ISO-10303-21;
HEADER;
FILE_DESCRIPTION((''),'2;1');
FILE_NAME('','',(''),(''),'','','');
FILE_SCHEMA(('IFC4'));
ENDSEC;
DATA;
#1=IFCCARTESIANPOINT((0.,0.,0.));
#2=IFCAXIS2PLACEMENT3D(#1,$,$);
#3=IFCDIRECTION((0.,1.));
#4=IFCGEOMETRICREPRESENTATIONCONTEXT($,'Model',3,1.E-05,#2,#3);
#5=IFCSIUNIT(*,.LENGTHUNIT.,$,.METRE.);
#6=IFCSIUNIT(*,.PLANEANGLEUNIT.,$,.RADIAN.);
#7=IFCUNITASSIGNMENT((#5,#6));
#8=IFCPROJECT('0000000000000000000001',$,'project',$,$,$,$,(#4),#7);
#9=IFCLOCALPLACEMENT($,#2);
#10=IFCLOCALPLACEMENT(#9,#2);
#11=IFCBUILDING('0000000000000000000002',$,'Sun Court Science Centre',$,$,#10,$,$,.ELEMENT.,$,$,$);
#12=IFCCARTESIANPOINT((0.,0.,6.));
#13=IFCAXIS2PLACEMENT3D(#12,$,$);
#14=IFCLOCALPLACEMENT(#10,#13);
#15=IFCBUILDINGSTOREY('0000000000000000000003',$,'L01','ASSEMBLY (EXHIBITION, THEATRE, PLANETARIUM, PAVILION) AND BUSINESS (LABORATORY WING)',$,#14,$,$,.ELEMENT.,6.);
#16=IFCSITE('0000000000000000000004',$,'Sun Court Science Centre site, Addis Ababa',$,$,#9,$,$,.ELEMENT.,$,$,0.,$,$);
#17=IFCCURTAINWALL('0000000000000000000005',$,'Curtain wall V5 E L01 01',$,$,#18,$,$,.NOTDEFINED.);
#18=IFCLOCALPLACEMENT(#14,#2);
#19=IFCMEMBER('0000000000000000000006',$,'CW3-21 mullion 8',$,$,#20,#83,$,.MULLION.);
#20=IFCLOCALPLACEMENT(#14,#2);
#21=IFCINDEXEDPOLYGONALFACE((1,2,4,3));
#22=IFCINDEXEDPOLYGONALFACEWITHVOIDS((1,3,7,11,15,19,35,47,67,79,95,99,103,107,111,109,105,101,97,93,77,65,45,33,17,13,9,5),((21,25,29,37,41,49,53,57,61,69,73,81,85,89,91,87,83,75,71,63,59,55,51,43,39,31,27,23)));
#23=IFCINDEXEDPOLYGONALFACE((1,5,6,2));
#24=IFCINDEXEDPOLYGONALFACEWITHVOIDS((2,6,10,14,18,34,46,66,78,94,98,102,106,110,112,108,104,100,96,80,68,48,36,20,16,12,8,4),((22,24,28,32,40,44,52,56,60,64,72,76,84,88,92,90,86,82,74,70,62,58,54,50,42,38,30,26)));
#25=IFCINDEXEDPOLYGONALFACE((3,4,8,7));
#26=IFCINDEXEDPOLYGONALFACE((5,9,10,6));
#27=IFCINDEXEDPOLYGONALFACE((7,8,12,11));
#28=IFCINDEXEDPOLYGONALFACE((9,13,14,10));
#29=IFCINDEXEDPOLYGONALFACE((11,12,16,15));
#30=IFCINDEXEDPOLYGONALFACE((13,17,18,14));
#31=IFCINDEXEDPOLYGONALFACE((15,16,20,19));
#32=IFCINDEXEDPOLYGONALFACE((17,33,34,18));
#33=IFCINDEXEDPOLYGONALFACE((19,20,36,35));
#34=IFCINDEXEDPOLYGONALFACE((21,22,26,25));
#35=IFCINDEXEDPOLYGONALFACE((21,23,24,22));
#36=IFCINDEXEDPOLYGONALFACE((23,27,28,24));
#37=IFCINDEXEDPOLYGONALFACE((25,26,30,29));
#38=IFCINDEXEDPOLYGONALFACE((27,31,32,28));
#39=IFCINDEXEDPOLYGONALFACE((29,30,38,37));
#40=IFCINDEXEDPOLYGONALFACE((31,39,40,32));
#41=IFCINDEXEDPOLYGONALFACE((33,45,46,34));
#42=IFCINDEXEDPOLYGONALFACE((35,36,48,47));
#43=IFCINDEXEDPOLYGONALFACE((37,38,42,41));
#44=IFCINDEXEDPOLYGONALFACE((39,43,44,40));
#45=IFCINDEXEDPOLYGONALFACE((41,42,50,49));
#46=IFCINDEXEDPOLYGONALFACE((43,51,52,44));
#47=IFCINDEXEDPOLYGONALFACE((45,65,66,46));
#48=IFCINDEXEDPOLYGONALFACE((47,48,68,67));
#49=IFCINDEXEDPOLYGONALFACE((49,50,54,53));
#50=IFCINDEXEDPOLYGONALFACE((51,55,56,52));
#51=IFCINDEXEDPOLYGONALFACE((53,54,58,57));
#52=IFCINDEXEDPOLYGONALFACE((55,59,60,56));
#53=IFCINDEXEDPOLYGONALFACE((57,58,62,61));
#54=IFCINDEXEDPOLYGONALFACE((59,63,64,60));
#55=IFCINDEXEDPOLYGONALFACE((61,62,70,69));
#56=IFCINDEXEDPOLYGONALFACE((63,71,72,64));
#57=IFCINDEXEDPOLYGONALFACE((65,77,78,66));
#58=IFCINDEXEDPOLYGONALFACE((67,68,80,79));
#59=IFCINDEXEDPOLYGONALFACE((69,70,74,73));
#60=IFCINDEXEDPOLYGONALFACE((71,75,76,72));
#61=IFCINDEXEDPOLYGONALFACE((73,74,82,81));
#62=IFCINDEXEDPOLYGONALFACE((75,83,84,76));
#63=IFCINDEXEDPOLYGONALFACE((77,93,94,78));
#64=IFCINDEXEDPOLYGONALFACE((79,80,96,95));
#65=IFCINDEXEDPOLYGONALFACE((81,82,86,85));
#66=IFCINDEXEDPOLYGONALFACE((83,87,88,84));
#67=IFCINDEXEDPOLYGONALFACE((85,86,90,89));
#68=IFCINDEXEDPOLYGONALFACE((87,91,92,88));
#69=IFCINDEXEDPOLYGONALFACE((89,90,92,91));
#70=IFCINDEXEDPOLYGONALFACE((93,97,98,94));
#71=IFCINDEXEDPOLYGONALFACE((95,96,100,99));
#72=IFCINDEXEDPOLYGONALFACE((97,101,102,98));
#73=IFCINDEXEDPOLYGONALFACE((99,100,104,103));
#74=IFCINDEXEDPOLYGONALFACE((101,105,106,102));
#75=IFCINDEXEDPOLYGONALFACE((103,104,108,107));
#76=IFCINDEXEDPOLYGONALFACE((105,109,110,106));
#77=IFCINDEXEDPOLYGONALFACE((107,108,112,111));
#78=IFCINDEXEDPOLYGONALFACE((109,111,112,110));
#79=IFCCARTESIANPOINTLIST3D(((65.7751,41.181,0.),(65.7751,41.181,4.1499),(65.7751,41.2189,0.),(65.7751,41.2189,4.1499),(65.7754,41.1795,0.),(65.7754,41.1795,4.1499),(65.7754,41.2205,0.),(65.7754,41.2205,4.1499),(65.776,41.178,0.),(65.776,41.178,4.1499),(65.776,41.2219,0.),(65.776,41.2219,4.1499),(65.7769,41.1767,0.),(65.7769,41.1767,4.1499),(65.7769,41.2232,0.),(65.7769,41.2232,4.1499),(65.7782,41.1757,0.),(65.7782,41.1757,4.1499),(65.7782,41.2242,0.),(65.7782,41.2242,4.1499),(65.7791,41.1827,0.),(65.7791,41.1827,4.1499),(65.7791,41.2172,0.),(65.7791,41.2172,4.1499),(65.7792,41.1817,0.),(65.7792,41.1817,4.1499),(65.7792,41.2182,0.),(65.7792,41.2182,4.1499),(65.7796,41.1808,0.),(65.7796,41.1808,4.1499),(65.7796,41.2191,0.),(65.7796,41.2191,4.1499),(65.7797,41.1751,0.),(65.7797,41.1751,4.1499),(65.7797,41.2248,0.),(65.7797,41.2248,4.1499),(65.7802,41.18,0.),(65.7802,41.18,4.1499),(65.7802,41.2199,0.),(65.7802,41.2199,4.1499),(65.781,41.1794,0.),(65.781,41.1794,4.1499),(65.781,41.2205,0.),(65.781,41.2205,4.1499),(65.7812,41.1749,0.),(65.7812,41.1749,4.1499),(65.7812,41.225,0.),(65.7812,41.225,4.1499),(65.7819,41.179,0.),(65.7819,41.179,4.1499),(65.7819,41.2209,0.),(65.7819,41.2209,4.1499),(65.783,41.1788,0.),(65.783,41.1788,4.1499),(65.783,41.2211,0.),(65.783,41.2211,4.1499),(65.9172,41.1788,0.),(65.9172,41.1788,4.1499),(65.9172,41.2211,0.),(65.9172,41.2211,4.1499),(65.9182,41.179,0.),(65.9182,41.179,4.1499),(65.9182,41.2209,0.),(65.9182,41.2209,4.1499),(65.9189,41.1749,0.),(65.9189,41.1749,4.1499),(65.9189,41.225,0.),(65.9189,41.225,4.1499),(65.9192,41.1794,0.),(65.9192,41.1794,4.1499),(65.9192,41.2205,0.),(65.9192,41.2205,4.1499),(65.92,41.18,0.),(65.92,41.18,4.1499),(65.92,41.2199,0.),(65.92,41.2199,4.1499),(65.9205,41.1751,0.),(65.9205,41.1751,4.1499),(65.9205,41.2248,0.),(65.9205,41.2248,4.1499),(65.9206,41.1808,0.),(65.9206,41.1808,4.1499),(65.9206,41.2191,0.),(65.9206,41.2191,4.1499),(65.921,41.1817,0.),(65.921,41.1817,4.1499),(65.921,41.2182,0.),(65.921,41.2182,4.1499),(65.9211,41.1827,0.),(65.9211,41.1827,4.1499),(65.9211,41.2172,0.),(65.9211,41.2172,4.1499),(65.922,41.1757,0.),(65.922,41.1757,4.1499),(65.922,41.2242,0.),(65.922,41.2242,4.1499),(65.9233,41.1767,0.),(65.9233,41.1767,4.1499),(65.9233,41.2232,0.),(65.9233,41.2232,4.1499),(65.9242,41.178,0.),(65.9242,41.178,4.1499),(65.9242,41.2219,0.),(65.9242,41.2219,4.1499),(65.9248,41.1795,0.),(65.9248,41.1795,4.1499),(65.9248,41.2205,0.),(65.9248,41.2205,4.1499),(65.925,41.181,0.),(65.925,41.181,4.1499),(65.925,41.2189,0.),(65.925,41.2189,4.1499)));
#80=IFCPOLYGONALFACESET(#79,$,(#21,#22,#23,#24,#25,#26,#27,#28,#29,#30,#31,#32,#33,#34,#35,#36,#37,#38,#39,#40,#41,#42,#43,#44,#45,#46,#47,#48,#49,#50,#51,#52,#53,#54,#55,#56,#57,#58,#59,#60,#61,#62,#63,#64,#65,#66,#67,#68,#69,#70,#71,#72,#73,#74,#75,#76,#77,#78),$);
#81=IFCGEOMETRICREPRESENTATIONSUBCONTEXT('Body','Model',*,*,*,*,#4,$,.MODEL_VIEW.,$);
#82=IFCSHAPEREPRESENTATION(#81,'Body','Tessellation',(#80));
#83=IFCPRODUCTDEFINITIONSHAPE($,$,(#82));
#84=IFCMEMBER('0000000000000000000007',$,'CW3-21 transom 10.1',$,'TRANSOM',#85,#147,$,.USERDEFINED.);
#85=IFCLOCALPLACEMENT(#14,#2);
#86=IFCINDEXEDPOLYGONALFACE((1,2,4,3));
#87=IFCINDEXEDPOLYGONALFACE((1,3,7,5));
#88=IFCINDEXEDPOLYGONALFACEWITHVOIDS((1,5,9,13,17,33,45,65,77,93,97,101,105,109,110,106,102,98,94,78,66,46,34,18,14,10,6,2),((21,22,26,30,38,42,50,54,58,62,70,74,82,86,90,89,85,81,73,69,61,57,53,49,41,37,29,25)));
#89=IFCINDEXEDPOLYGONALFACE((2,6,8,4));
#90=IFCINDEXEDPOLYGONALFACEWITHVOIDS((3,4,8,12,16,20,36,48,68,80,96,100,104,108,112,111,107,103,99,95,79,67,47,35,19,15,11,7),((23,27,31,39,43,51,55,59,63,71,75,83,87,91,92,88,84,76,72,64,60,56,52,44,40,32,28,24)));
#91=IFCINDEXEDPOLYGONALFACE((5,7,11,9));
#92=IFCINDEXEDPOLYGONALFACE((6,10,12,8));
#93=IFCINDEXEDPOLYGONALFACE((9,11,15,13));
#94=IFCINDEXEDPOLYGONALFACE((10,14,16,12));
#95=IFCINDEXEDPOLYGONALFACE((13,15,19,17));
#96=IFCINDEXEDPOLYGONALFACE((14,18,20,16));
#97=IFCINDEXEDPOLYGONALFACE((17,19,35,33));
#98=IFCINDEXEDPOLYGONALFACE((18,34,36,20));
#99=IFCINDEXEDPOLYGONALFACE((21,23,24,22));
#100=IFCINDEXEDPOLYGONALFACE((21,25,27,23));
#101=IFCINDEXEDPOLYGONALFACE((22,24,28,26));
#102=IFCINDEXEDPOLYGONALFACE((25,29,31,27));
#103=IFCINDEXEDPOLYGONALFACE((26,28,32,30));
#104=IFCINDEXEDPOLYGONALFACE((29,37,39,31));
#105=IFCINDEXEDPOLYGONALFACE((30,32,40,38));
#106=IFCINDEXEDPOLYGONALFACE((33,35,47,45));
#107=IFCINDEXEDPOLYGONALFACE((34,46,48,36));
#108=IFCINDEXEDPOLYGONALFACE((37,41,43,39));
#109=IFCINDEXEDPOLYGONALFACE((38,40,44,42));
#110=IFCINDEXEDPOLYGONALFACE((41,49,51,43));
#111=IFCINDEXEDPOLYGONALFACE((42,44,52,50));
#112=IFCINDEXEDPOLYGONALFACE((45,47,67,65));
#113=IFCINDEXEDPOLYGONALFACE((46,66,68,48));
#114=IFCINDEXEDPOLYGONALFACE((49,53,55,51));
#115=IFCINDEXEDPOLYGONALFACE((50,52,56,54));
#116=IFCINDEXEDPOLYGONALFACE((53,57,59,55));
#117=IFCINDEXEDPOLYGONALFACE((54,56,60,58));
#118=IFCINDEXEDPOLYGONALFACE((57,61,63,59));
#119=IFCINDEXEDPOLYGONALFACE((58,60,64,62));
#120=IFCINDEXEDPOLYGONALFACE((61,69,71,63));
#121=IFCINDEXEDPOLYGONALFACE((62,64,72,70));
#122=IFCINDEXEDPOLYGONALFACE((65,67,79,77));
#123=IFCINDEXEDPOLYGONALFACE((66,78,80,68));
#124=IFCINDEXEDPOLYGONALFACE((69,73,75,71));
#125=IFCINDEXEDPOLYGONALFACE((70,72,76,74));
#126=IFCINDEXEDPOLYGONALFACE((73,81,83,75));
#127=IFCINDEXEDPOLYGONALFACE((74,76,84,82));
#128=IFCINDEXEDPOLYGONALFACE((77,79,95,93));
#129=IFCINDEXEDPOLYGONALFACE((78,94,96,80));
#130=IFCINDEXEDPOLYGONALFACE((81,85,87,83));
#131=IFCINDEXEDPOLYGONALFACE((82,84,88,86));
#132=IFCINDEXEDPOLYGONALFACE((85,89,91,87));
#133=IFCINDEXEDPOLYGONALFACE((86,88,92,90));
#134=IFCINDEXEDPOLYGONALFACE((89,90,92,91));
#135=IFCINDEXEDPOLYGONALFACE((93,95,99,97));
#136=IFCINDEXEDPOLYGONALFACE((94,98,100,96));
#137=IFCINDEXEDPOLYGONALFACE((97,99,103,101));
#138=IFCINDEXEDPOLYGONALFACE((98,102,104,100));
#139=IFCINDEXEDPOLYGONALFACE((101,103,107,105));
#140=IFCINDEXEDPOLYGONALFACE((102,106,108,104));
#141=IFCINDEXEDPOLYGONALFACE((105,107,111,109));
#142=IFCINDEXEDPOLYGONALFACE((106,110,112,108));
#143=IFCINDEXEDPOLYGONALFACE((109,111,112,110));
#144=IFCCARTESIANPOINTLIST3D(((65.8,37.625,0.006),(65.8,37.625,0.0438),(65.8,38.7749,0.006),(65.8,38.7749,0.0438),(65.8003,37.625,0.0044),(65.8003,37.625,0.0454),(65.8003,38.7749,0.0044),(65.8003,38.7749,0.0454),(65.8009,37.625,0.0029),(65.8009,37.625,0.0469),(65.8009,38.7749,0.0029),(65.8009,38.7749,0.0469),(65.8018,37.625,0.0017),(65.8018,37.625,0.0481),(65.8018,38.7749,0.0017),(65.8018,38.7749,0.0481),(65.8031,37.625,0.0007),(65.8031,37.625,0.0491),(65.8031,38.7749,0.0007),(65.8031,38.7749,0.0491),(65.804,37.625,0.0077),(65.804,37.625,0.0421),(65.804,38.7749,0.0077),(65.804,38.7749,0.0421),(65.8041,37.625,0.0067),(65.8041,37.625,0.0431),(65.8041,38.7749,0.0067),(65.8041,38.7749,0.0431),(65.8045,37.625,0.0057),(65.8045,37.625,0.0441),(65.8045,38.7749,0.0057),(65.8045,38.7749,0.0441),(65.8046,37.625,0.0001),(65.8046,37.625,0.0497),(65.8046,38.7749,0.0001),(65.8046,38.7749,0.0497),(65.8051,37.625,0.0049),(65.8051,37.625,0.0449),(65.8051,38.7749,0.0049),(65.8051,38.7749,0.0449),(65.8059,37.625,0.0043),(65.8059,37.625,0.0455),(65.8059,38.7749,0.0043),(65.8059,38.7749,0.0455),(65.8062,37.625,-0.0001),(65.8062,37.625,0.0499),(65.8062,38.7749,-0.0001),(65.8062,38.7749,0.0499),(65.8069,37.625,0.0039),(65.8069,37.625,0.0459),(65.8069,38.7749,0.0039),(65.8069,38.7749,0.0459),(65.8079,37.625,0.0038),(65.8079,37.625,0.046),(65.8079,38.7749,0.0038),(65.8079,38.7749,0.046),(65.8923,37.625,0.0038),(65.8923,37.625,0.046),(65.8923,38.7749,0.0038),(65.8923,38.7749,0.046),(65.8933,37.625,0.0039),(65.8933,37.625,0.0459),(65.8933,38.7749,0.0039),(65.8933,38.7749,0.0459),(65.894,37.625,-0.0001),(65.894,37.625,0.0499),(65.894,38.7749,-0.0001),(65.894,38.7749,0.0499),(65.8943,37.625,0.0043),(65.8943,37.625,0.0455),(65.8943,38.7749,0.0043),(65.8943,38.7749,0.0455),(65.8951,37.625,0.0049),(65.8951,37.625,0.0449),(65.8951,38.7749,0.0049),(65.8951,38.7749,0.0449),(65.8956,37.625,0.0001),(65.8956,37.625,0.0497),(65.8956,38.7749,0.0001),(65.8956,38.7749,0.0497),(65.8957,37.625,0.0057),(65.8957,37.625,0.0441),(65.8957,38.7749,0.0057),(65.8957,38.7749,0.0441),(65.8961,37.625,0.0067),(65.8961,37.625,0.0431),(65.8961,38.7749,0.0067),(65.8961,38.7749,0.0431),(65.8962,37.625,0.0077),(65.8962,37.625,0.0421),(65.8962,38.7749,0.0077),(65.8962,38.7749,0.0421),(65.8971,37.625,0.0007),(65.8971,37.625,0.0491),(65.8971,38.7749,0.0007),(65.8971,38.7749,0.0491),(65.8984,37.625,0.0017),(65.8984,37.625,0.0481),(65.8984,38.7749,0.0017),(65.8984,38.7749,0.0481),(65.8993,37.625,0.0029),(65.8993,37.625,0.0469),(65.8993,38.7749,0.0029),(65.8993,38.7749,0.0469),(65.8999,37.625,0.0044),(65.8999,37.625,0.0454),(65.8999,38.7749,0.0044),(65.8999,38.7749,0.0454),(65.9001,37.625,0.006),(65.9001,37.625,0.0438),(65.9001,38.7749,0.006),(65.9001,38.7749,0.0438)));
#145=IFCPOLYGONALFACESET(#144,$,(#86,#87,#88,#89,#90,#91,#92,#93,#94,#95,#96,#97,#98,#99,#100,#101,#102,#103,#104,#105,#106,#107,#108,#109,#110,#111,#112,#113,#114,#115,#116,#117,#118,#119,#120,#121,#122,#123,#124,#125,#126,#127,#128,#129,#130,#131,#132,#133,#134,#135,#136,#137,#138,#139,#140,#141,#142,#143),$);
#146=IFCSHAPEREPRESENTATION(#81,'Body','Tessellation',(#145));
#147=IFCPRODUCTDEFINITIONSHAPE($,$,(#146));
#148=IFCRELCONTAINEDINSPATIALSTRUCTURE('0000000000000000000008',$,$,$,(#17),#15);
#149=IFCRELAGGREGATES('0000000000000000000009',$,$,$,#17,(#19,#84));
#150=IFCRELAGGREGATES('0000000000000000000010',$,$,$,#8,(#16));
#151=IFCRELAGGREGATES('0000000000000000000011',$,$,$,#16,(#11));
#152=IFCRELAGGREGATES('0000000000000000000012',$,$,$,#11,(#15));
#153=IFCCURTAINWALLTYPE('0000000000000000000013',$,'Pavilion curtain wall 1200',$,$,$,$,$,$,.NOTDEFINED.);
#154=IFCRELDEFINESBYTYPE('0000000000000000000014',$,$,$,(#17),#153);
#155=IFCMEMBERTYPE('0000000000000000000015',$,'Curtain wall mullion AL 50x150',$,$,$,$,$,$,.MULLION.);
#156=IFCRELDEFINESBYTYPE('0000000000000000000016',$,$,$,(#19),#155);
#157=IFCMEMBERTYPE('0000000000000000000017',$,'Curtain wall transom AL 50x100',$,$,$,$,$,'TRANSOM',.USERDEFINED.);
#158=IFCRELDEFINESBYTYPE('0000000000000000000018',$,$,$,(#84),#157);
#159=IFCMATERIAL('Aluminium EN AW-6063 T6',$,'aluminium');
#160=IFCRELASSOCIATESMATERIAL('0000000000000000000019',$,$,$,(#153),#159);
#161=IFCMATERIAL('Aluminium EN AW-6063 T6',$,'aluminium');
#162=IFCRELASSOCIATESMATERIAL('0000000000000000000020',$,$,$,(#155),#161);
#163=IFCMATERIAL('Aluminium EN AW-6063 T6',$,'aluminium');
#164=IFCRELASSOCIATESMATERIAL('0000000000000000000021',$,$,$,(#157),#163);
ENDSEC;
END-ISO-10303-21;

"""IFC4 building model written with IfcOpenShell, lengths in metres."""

from ifc_helpers import new_model, si_unit, direction, frame, origin, origin_2d, place, context, subcontext, project, spatial, hollow_rectangle, extrude, material, material_profile, profile_set, type_object, element, aggregate, save


model = new_model("IFC4")

# Units and contexts
model_context = context("Model", 3, precision=1e-05, world=origin(), true_north=direction((0.0, 1.0)))
body_context = subcontext(model_context, "Body", "Model", "MODEL_VIEW")
ifc_project = project(units=[si_unit("LENGTHUNIT", "METRE"), si_unit("PLANEANGLEUNIT", "RADIAN")], contexts=[model_context])

# Site, building, storey
site_placement = place(None, origin())
site = spatial("IfcSite", under=ifc_project, at=site_placement, Name="Sun Court Science Centre site, Addis Ababa", CompositionType="ELEMENT", RefElevation=0.0)
building_placement = place(site_placement, origin())
building = spatial("IfcBuilding", under=site, at=building_placement, Name="Sun Court Science Centre", CompositionType="ELEMENT")
storey_placement = place(building_placement, frame((0.0, 0.0, 6.0)))
storey = spatial("IfcBuildingStorey", under=building, at=storey_placement, Name="L01", Description="ASSEMBLY (EXHIBITION, THEATRE, PLANETARIUM, PAVILION) AND BUSINESS (LABORATORY WING)", CompositionType="ELEMENT", Elevation=6.0)

# Curtain wall, members
ifc_material_1 = material(Name="Aluminium EN AW-6063 T6", Category="aluminium")
curtain_wall_type_1 = type_object("IfcCurtainWallType", Name="Pavilion curtain wall 1200", PredefinedType="NOTDEFINED", material=ifc_material_1)
curtain_wall_1_placement = place(storey_placement, origin())
curtain_wall_1 = element("IfcCurtainWall", 1, at=curtain_wall_1_placement, inside=storey, type_object=curtain_wall_type_1, Name="Curtain wall V5 E L01 01", PredefinedType="NOTDEFINED")
ifc_material_2 = material(Name="Aluminium EN AW-6063 T6", Category="aluminium")
ifc_material_profile_1 = material_profile(ifc_material_2, hollow_rectangle(XDim=0.05, YDim=0.1499, WallThickness=0.0039, InnerFilletRadius=0.0039, OuterFilletRadius=0.0061, at=origin_2d()), Name="AL 50x150x4")
ifc_profile_set_1 = profile_set([ifc_material_profile_1], Name="Aluminium EN AW-6063 T6")
member_type_1 = type_object("IfcMemberType", Name="Curtain wall mullion AL 50x150", PredefinedType="MULLION", material=ifc_profile_set_1)
member_1_placement = place(storey_placement, frame((65.8501, 41.2, 0.0), z_axis=(0.0, 0.0, 1.0), x_axis=(0.0, -1.0, 0.0)))
member_1 = element("IfcMember", 2, at=member_1_placement, type_object=member_type_1, Name="CW3-21 mullion 8", PredefinedType="MULLION", context=body_context, shape_type="SweptSolid", body=[
    extrude(hollow_rectangle(XDim=0.05, YDim=0.1499, WallThickness=0.0039, InnerFilletRadius=0.0039, OuterFilletRadius=0.0061, at=origin_2d()), origin(), (0.0, 0.0, 1.0), 4.1499),
])
ifc_material_3 = material(Name="Aluminium EN AW-6063 T6", Category="aluminium")
ifc_material_profile_2 = material_profile(ifc_material_3, hollow_rectangle(XDim=0.05, YDim=0.1001, WallThickness=0.0039, InnerFilletRadius=0.0039, OuterFilletRadius=0.0061, at=origin_2d()), Name="AL 50x100x4")
ifc_profile_set_2 = profile_set([ifc_material_profile_2], Name="Aluminium EN AW-6063 T6")
member_type_2 = type_object("IfcMemberType", Name="Curtain wall transom AL 50x100", ElementType="TRANSOM", PredefinedType="USERDEFINED", material=ifc_profile_set_2)
member_2_placement = place(storey_placement, frame((65.8501, 38.7749, 0.0249), z_axis=(0.0, -1.0, 0.0), x_axis=(0.0, 0.0, 1.0)))
member_2 = element("IfcMember", 3, at=member_2_placement, type_object=member_type_2, Name="CW3-21 transom 10.1", ObjectType="TRANSOM", PredefinedType="USERDEFINED", context=body_context, shape_type="SweptSolid", body=[
    extrude(hollow_rectangle(XDim=0.05, YDim=0.1001, WallThickness=0.0039, InnerFilletRadius=0.0039, OuterFilletRadius=0.0061, at=origin_2d()), origin(), (0.0, 0.0, 1.0), 1.1499),
])

aggregate(curtain_wall_1, [member_1, member_2])

save(model, "model.ifc")
